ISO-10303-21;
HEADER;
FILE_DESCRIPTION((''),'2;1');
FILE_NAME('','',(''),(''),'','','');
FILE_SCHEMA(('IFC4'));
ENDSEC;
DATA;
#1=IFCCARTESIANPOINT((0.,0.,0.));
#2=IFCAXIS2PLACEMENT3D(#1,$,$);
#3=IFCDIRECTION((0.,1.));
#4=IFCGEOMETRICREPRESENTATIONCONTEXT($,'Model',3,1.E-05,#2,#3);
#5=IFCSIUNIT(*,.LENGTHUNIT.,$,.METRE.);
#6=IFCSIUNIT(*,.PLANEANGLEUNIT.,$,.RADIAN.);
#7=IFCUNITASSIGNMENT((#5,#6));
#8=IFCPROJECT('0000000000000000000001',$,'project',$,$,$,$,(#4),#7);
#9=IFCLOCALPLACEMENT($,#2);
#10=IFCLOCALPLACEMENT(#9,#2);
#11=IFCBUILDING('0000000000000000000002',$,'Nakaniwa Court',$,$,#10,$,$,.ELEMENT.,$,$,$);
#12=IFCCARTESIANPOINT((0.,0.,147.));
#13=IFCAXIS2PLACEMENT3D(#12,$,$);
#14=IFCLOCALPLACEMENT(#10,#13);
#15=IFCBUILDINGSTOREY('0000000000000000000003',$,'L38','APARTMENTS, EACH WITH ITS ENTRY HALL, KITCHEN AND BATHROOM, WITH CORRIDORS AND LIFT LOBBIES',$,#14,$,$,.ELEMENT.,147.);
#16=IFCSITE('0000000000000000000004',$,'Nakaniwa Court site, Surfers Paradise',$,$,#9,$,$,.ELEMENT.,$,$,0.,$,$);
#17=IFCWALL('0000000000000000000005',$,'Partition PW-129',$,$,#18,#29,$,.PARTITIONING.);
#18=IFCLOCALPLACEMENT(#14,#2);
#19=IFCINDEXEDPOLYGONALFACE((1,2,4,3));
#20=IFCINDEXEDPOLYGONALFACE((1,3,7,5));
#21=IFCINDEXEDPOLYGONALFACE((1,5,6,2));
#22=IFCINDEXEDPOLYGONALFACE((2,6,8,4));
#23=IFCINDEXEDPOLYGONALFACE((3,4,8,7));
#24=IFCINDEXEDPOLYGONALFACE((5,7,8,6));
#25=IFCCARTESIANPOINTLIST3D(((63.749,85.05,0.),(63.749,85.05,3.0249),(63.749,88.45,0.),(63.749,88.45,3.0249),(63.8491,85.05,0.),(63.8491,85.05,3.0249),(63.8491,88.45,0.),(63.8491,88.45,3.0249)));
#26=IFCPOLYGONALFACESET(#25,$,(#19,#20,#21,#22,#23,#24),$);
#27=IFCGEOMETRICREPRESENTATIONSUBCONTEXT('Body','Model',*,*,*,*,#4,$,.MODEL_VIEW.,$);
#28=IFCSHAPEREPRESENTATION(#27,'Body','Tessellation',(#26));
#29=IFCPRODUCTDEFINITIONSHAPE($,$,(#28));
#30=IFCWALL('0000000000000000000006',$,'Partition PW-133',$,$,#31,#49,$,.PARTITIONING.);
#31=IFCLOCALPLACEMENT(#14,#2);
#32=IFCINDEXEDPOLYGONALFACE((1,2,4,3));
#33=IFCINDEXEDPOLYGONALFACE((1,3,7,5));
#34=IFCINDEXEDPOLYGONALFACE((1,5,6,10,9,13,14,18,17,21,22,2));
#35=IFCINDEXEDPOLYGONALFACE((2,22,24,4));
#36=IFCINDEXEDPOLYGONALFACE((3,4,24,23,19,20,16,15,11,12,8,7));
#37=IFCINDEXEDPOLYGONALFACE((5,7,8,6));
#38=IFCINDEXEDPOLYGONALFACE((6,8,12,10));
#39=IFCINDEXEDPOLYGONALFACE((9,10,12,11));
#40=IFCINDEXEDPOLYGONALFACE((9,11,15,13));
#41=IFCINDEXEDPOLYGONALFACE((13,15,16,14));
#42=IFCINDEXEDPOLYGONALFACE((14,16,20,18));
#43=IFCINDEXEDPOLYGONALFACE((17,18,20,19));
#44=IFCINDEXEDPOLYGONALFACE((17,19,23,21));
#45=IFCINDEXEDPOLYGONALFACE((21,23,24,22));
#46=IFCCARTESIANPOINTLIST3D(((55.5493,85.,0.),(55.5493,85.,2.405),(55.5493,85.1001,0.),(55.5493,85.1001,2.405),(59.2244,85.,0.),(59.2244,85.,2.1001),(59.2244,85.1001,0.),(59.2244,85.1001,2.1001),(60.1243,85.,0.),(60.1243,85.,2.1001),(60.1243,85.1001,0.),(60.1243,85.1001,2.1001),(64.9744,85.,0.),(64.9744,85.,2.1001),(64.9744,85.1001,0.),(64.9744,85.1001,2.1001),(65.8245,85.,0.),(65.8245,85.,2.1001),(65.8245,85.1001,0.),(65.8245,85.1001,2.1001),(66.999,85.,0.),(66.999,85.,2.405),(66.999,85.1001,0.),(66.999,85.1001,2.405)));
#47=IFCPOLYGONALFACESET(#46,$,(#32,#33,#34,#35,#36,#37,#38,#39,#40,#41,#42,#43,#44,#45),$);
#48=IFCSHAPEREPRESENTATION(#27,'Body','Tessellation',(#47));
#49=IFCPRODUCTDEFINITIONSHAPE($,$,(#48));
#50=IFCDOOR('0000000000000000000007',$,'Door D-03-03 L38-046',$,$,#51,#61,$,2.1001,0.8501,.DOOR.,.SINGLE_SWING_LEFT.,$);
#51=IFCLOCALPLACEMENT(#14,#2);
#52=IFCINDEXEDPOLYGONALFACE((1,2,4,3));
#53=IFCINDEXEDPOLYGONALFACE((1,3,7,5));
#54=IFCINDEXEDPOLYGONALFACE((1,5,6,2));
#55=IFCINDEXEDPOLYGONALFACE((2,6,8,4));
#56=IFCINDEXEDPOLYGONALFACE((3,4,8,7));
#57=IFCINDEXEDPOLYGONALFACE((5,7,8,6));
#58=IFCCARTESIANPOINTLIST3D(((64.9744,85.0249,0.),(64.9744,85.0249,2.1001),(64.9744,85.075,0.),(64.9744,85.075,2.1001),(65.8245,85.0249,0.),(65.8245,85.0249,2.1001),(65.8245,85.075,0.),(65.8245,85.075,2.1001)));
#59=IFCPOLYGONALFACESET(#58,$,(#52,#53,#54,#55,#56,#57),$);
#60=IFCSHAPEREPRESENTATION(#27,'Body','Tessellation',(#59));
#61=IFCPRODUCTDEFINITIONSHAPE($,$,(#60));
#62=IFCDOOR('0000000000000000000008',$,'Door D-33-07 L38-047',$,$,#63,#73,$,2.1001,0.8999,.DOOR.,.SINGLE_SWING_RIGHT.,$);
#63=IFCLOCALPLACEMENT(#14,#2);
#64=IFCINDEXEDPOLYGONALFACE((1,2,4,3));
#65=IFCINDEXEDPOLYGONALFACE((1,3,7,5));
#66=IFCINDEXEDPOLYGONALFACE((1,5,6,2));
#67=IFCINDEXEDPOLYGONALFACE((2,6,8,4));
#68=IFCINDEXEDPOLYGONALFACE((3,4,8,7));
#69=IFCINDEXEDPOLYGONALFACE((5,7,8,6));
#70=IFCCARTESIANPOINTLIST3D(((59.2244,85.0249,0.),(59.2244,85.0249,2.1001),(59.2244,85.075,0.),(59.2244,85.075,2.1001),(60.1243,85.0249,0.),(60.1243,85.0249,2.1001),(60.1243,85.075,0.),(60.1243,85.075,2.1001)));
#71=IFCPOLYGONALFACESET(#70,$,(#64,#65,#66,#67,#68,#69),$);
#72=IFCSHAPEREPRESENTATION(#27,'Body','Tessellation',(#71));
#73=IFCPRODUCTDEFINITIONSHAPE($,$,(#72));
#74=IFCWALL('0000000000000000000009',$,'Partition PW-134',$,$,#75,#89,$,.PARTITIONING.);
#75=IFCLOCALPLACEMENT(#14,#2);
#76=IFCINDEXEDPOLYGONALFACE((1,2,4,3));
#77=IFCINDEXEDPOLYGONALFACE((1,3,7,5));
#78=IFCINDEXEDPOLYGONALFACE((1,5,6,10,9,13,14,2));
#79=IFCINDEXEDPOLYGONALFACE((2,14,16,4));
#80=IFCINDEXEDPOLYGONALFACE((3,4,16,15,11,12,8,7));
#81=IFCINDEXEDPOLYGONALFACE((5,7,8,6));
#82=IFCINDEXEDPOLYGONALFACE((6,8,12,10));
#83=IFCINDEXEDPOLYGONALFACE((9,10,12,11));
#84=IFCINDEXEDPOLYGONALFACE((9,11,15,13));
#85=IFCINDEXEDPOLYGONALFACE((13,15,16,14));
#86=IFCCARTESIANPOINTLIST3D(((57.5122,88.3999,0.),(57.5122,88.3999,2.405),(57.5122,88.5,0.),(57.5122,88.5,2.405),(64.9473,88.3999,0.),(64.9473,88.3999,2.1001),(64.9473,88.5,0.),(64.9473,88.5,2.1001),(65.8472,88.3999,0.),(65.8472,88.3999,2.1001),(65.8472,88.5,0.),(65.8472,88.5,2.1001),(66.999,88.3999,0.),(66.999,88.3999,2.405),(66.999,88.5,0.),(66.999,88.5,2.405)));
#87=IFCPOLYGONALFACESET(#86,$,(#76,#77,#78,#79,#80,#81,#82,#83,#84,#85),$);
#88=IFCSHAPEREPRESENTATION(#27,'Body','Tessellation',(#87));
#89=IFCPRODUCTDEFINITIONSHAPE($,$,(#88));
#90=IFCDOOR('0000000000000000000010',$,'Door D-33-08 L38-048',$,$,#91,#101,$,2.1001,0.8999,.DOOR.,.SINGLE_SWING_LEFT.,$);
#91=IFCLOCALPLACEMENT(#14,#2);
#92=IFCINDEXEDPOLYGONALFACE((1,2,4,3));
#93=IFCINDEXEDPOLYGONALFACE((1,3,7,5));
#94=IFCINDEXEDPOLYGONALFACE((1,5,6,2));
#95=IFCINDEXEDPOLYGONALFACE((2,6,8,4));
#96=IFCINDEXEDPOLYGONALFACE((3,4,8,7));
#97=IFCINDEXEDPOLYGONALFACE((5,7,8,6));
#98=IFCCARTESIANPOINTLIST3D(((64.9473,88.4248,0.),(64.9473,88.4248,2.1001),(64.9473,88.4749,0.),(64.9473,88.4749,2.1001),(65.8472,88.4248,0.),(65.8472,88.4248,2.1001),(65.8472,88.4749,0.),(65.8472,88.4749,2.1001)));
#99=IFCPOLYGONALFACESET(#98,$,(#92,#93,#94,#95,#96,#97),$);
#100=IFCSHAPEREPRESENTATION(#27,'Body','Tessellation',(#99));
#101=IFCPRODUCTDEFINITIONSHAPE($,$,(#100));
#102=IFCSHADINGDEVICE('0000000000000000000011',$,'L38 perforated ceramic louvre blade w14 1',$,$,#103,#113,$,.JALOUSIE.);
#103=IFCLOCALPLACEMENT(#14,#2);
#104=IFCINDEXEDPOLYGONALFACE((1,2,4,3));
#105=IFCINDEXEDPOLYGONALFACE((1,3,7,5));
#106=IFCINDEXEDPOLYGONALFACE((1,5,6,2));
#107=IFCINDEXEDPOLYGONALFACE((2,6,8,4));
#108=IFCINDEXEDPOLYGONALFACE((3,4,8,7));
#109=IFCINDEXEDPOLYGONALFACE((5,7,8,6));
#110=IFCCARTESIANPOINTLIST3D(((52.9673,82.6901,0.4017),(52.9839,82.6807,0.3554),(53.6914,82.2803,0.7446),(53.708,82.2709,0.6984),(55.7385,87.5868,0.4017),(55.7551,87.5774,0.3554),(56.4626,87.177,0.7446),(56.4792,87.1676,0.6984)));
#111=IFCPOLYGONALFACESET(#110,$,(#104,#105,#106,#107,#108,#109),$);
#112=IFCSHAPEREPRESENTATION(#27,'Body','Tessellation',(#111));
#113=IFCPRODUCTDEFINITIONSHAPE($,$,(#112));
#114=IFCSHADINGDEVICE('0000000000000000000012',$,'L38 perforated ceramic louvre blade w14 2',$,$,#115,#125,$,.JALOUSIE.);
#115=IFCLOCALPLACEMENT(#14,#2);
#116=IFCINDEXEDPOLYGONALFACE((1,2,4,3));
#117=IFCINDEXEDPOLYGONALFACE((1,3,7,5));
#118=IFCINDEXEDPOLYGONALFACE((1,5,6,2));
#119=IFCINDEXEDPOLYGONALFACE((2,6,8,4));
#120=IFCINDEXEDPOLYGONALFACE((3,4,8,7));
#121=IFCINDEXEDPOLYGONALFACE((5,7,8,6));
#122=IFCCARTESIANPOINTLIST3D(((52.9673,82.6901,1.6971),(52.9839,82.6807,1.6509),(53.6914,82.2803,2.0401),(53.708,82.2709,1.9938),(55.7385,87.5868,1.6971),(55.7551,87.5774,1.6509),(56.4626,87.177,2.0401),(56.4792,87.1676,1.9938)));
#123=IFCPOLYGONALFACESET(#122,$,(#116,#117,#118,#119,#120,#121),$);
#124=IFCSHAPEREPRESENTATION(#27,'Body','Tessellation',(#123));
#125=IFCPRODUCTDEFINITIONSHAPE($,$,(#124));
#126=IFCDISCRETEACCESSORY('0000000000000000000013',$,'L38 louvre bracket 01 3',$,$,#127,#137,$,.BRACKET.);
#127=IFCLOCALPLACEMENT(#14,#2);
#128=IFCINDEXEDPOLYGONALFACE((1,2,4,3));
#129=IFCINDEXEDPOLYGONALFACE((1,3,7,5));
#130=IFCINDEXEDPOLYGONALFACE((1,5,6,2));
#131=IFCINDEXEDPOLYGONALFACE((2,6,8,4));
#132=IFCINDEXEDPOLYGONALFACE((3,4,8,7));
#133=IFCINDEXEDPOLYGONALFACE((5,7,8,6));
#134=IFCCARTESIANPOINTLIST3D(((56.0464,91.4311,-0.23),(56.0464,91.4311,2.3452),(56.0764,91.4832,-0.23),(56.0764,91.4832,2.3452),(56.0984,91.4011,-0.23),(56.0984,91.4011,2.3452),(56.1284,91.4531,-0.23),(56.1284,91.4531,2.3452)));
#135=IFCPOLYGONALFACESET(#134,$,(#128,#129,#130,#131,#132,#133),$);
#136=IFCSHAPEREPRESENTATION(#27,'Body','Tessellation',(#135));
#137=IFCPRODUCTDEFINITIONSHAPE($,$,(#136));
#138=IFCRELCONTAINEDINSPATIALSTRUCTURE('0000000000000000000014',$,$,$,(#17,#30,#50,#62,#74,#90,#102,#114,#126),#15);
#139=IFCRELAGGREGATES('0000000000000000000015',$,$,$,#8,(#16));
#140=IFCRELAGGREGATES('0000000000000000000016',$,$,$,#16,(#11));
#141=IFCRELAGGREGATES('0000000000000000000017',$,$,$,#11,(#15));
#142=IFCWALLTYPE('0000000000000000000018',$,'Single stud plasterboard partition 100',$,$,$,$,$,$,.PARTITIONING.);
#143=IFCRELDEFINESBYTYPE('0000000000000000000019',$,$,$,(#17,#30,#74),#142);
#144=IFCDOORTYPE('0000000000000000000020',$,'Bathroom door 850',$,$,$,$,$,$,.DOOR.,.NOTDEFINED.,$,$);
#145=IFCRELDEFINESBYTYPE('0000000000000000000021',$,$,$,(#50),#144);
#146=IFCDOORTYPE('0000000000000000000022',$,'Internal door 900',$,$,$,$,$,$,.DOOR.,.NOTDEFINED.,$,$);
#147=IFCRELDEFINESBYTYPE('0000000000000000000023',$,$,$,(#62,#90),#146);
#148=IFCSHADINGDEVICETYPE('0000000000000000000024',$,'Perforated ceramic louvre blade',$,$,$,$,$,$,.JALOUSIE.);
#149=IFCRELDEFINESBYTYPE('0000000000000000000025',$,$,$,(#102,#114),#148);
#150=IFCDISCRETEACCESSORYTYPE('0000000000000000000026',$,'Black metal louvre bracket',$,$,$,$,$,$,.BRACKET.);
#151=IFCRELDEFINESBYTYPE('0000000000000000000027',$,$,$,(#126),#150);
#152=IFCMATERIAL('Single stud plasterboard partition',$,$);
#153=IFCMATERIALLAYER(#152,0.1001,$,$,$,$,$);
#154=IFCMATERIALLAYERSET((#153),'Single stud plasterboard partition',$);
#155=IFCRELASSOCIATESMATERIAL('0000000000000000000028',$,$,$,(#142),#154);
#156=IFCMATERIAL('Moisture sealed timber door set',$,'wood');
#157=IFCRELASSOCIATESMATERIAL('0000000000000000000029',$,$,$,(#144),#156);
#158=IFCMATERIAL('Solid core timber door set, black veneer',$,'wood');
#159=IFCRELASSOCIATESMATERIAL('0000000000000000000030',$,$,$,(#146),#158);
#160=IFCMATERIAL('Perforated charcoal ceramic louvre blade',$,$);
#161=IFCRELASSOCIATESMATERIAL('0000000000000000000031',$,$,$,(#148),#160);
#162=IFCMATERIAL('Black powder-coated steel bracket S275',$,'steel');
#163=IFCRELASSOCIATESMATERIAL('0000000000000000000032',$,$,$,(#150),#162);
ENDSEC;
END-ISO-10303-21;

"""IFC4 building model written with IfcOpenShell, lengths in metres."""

from ifc_helpers import new_model, si_unit, direction, frame, frame_2d, origin, origin_2d, place, context, subcontext, project, spatial, rectangle, extrude, material, layer, layer_set, material_profile, profile_set, type_object, element, fill, save


model = new_model("IFC4")

# Units and contexts
model_context = context("Model", 3, precision=1e-05, world=origin(), true_north=direction((0.0, 1.0)))
body_context = subcontext(model_context, "Body", "Model", "MODEL_VIEW")
ifc_project = project(units=[si_unit("LENGTHUNIT", "METRE"), si_unit("PLANEANGLEUNIT", "RADIAN")], contexts=[model_context])

# Site, building, storey
site_placement = place(None, origin())
site = spatial("IfcSite", under=ifc_project, at=site_placement, Name="Nakaniwa Court site, Surfers Paradise", CompositionType="ELEMENT", RefElevation=0.0)
building_placement = place(site_placement, origin())
building = spatial("IfcBuilding", under=site, at=building_placement, Name="Nakaniwa Court", CompositionType="ELEMENT")
storey_placement = place(building_placement, frame((0.0, 0.0, 147.0)))
storey = spatial("IfcBuildingStorey", under=building, at=storey_placement, Name="L38", Description="APARTMENTS, EACH WITH ITS ENTRY HALL, KITCHEN AND BATHROOM, WITH CORRIDORS AND LIFT LOBBIES", CompositionType="ELEMENT", Elevation=147.0)

# Wall
ifc_material_1 = material(Name="Single stud plasterboard partition")
ifc_layer_1 = layer(ifc_material_1, 0.1001)
ifc_layer_set_1 = layer_set([ifc_layer_1], Name="Single stud plasterboard partition")
wall_type_1 = type_object("IfcWallType", Name="Single stud plasterboard partition 100", PredefinedType="PARTITIONING", material=ifc_layer_set_1)
wall_1_placement = place(storey_placement, frame((63.7991, 85.05, 0.0), z_axis=(0.0, 0.0, 1.0), x_axis=(0.0, 1.0, 0.0)))
element("IfcWall", 1, at=wall_1_placement, inside=storey, type_object=wall_type_1, Name="Partition PW-129", PredefinedType="PARTITIONING", context=body_context, shape_type="SweptSolid", body=[
    extrude(rectangle(XDim=3.3999, YDim=0.1001, at=frame_2d((1.7, 0.0))), origin(), (0.0, 0.0, 1.0), 3.0249),
])

# Wall, openings, doors
wall_2_placement = place(storey_placement, frame((55.5493, 85.05, 0.0), z_axis=(0.0, 0.0, 1.0), x_axis=(1.0, 0.0, 0.0)))
wall_2 = element("IfcWall", 2, at=wall_2_placement, inside=storey, type_object=wall_type_1, Name="Partition PW-133", PredefinedType="PARTITIONING", context=body_context, shape_type="SweptSolid", body=[
    extrude(rectangle(XDim=11.4497, YDim=0.1001, at=frame_2d((5.7249, 0.0))), origin(), (0.0, 0.0, 1.0), 2.405),
])
opening_1_placement = place(wall_2_placement, frame((9.425, 0.0, 0.0)))
opening_1 = element("IfcOpeningElement", 3, at=opening_1_placement, cuts=wall_2, PredefinedType="OPENING", context=body_context, shape_type="SweptSolid", body=[
    extrude(rectangle(XDim=0.8501, YDim=2.1001, at=frame_2d((0.425, 1.05))), frame((0.0, 0.0601, 0.0), z_axis=(0.0, -1.0, 0.0), x_axis=(1.0, 0.0, 0.0)), (0.0, 0.0, 1.0), 0.1201),
])
opening_2_placement = place(wall_2_placement, frame((3.675, 0.0, 0.0)))
opening_2 = element("IfcOpeningElement", 4, at=opening_2_placement, cuts=wall_2, PredefinedType="OPENING", context=body_context, shape_type="SweptSolid", body=[
    extrude(rectangle(XDim=0.8999, YDim=2.1001, at=frame_2d((0.45, 1.05))), frame((0.0, 0.0601, 0.0), z_axis=(0.0, -1.0, 0.0), x_axis=(1.0, 0.0, 0.0)), (0.0, 0.0, 1.0), 0.1201),
])
ifc_material_2 = material(Name="Moisture sealed timber door set", Category="wood")
door_type_1 = type_object("IfcDoorType", Name="Bathroom door 850", OperationType="NOTDEFINED", PredefinedType="DOOR", material=ifc_material_2)
door_1_placement = place(opening_1_placement, origin())
door_1 = element("IfcDoor", 5, at=door_1_placement, inside=storey, type_object=door_type_1, Name="Door D-03-03 L38-046", OperationType="SINGLE_SWING_LEFT", OverallHeight=2.1001, OverallWidth=0.8501, PredefinedType="DOOR", context=body_context, shape_type="SweptSolid", body=[
    extrude(rectangle(XDim=0.8501, YDim=2.1001, at=frame_2d((0.425, 1.05))), frame((0.0, 0.0249, 0.0), z_axis=(0.0, -1.0, 0.0), x_axis=(1.0, 0.0, 0.0)), (0.0, 0.0, 1.0), 0.05),
])
fill(opening_1, door_1)
ifc_material_3 = material(Name="Solid core timber door set, black veneer", Category="wood")
door_type_2 = type_object("IfcDoorType", Name="Internal door 900", OperationType="NOTDEFINED", PredefinedType="DOOR", material=ifc_material_3)
door_2_placement = place(opening_2_placement, origin())
door_2 = element("IfcDoor", 6, at=door_2_placement, inside=storey, type_object=door_type_2, Name="Door D-33-07 L38-047", OperationType="SINGLE_SWING_RIGHT", OverallHeight=2.1001, OverallWidth=0.8999, PredefinedType="DOOR", context=body_context, shape_type="SweptSolid", body=[
    extrude(rectangle(XDim=0.8999, YDim=2.1001, at=frame_2d((0.45, 1.05))), frame((0.0, 0.0249, 0.0), z_axis=(0.0, -1.0, 0.0), x_axis=(1.0, 0.0, 0.0)), (0.0, 0.0, 1.0), 0.05),
])
fill(opening_2, door_2)

# Wall, opening, door
wall_3_placement = place(storey_placement, frame((57.5122, 88.45, 0.0), z_axis=(0.0, 0.0, 1.0), x_axis=(1.0, 0.0, 0.0)))
wall_3 = element("IfcWall", 7, at=wall_3_placement, inside=storey, type_object=wall_type_1, Name="Partition PW-134", PredefinedType="PARTITIONING", context=body_context, shape_type="SweptSolid", body=[
    extrude(rectangle(XDim=9.4868, YDim=0.1001, at=frame_2d((4.7434, 0.0))), origin(), (0.0, 0.0, 1.0), 2.405),
])
opening_3_placement = place(wall_3_placement, frame((7.4351, 0.0, 0.0)))
opening_3 = element("IfcOpeningElement", 8, at=opening_3_placement, cuts=wall_3, PredefinedType="OPENING", context=body_context, shape_type="SweptSolid", body=[
    extrude(rectangle(XDim=0.8999, YDim=2.1001, at=frame_2d((0.45, 1.05))), frame((0.0, 0.0601, 0.0), z_axis=(0.0, -1.0, 0.0), x_axis=(1.0, 0.0, 0.0)), (0.0, 0.0, 1.0), 0.1201),
])
door_3_placement = place(opening_3_placement, origin())
door_3 = element("IfcDoor", 9, at=door_3_placement, inside=storey, type_object=door_type_2, Name="Door D-33-08 L38-048", OperationType="SINGLE_SWING_LEFT", OverallHeight=2.1001, OverallWidth=0.8999, PredefinedType="DOOR", context=body_context, shape_type="SweptSolid", body=[
    extrude(rectangle(XDim=0.8999, YDim=2.1001, at=frame_2d((0.45, 1.05))), frame((0.0, 0.0249, 0.0), z_axis=(0.0, -1.0, 0.0), x_axis=(1.0, 0.0, 0.0)), (0.0, 0.0, 1.0), 0.05),
])
fill(opening_3, door_3)

# Shading devices
ifc_material_4 = material(Name="Perforated charcoal ceramic louvre blade")
ifc_material_profile_1 = material_profile(ifc_material_4, rectangle(XDim=0.8999, YDim=0.05, at=origin_2d()), Name="Perforated ceramic louvre blade")
ifc_profile_set_1 = profile_set([ifc_material_profile_1], Name="Perforated charcoal ceramic louvre blade")
shading_device_type = type_object("IfcShadingDeviceType", Name="Perforated ceramic louvre blade", PredefinedType="JALOUSIE", material=ifc_profile_set_1)
for number, where, z_axis, x_axis, name in (
    (10, (56.1089, 87.3772, 0.55), (-0.492532, -0.870294, 0.0), (0.804627, -0.455368, 0.38107), "L38 perforated ceramic louvre blade w14 1"),
    (11, (56.1089, 87.3772, 1.8455), (-0.492532, -0.870294, 0.0), (0.804627, -0.455368, 0.38107), "L38 perforated ceramic louvre blade w14 2"),
):
    element("IfcShadingDevice", number, at=place(storey_placement, frame(where, z_axis=z_axis, x_axis=x_axis)), inside=storey, type_object=shading_device_type, Name=name, PredefinedType="JALOUSIE", context=body_context, shape_type="SweptSolid", body=[
        extrude(rectangle(XDim=0.8999, YDim=0.05, at=origin_2d()), origin(), (0.0, 0.0, 1.0), 5.6265),
    ])

# Discrete accessory
ifc_material_5 = material(Name="Black powder-coated steel bracket S275", Category="steel")
discrete_accessory_type = type_object("IfcDiscreteAccessoryType", Name="Black metal louvre bracket", PredefinedType="BRACKET", material=ifc_material_5)
discrete_accessory_placement = place(storey_placement, frame((56.0874, 91.4421, -0.23), z_axis=(0.0, 0.0, 1.0), x_axis=(-0.500005, -0.866023, 0.0)))
element("IfcDiscreteAccessory", 12, at=discrete_accessory_placement, inside=storey, type_object=discrete_accessory_type, Name="L38 louvre bracket 01 3", PredefinedType="BRACKET", context=body_context, shape_type="SweptSolid", body=[
    extrude(rectangle(XDim=0.0601, YDim=0.0601, at=origin_2d()), origin(), (0.0, 0.0, 1.0), 2.5752),
])

save(model, "model.ifc")
